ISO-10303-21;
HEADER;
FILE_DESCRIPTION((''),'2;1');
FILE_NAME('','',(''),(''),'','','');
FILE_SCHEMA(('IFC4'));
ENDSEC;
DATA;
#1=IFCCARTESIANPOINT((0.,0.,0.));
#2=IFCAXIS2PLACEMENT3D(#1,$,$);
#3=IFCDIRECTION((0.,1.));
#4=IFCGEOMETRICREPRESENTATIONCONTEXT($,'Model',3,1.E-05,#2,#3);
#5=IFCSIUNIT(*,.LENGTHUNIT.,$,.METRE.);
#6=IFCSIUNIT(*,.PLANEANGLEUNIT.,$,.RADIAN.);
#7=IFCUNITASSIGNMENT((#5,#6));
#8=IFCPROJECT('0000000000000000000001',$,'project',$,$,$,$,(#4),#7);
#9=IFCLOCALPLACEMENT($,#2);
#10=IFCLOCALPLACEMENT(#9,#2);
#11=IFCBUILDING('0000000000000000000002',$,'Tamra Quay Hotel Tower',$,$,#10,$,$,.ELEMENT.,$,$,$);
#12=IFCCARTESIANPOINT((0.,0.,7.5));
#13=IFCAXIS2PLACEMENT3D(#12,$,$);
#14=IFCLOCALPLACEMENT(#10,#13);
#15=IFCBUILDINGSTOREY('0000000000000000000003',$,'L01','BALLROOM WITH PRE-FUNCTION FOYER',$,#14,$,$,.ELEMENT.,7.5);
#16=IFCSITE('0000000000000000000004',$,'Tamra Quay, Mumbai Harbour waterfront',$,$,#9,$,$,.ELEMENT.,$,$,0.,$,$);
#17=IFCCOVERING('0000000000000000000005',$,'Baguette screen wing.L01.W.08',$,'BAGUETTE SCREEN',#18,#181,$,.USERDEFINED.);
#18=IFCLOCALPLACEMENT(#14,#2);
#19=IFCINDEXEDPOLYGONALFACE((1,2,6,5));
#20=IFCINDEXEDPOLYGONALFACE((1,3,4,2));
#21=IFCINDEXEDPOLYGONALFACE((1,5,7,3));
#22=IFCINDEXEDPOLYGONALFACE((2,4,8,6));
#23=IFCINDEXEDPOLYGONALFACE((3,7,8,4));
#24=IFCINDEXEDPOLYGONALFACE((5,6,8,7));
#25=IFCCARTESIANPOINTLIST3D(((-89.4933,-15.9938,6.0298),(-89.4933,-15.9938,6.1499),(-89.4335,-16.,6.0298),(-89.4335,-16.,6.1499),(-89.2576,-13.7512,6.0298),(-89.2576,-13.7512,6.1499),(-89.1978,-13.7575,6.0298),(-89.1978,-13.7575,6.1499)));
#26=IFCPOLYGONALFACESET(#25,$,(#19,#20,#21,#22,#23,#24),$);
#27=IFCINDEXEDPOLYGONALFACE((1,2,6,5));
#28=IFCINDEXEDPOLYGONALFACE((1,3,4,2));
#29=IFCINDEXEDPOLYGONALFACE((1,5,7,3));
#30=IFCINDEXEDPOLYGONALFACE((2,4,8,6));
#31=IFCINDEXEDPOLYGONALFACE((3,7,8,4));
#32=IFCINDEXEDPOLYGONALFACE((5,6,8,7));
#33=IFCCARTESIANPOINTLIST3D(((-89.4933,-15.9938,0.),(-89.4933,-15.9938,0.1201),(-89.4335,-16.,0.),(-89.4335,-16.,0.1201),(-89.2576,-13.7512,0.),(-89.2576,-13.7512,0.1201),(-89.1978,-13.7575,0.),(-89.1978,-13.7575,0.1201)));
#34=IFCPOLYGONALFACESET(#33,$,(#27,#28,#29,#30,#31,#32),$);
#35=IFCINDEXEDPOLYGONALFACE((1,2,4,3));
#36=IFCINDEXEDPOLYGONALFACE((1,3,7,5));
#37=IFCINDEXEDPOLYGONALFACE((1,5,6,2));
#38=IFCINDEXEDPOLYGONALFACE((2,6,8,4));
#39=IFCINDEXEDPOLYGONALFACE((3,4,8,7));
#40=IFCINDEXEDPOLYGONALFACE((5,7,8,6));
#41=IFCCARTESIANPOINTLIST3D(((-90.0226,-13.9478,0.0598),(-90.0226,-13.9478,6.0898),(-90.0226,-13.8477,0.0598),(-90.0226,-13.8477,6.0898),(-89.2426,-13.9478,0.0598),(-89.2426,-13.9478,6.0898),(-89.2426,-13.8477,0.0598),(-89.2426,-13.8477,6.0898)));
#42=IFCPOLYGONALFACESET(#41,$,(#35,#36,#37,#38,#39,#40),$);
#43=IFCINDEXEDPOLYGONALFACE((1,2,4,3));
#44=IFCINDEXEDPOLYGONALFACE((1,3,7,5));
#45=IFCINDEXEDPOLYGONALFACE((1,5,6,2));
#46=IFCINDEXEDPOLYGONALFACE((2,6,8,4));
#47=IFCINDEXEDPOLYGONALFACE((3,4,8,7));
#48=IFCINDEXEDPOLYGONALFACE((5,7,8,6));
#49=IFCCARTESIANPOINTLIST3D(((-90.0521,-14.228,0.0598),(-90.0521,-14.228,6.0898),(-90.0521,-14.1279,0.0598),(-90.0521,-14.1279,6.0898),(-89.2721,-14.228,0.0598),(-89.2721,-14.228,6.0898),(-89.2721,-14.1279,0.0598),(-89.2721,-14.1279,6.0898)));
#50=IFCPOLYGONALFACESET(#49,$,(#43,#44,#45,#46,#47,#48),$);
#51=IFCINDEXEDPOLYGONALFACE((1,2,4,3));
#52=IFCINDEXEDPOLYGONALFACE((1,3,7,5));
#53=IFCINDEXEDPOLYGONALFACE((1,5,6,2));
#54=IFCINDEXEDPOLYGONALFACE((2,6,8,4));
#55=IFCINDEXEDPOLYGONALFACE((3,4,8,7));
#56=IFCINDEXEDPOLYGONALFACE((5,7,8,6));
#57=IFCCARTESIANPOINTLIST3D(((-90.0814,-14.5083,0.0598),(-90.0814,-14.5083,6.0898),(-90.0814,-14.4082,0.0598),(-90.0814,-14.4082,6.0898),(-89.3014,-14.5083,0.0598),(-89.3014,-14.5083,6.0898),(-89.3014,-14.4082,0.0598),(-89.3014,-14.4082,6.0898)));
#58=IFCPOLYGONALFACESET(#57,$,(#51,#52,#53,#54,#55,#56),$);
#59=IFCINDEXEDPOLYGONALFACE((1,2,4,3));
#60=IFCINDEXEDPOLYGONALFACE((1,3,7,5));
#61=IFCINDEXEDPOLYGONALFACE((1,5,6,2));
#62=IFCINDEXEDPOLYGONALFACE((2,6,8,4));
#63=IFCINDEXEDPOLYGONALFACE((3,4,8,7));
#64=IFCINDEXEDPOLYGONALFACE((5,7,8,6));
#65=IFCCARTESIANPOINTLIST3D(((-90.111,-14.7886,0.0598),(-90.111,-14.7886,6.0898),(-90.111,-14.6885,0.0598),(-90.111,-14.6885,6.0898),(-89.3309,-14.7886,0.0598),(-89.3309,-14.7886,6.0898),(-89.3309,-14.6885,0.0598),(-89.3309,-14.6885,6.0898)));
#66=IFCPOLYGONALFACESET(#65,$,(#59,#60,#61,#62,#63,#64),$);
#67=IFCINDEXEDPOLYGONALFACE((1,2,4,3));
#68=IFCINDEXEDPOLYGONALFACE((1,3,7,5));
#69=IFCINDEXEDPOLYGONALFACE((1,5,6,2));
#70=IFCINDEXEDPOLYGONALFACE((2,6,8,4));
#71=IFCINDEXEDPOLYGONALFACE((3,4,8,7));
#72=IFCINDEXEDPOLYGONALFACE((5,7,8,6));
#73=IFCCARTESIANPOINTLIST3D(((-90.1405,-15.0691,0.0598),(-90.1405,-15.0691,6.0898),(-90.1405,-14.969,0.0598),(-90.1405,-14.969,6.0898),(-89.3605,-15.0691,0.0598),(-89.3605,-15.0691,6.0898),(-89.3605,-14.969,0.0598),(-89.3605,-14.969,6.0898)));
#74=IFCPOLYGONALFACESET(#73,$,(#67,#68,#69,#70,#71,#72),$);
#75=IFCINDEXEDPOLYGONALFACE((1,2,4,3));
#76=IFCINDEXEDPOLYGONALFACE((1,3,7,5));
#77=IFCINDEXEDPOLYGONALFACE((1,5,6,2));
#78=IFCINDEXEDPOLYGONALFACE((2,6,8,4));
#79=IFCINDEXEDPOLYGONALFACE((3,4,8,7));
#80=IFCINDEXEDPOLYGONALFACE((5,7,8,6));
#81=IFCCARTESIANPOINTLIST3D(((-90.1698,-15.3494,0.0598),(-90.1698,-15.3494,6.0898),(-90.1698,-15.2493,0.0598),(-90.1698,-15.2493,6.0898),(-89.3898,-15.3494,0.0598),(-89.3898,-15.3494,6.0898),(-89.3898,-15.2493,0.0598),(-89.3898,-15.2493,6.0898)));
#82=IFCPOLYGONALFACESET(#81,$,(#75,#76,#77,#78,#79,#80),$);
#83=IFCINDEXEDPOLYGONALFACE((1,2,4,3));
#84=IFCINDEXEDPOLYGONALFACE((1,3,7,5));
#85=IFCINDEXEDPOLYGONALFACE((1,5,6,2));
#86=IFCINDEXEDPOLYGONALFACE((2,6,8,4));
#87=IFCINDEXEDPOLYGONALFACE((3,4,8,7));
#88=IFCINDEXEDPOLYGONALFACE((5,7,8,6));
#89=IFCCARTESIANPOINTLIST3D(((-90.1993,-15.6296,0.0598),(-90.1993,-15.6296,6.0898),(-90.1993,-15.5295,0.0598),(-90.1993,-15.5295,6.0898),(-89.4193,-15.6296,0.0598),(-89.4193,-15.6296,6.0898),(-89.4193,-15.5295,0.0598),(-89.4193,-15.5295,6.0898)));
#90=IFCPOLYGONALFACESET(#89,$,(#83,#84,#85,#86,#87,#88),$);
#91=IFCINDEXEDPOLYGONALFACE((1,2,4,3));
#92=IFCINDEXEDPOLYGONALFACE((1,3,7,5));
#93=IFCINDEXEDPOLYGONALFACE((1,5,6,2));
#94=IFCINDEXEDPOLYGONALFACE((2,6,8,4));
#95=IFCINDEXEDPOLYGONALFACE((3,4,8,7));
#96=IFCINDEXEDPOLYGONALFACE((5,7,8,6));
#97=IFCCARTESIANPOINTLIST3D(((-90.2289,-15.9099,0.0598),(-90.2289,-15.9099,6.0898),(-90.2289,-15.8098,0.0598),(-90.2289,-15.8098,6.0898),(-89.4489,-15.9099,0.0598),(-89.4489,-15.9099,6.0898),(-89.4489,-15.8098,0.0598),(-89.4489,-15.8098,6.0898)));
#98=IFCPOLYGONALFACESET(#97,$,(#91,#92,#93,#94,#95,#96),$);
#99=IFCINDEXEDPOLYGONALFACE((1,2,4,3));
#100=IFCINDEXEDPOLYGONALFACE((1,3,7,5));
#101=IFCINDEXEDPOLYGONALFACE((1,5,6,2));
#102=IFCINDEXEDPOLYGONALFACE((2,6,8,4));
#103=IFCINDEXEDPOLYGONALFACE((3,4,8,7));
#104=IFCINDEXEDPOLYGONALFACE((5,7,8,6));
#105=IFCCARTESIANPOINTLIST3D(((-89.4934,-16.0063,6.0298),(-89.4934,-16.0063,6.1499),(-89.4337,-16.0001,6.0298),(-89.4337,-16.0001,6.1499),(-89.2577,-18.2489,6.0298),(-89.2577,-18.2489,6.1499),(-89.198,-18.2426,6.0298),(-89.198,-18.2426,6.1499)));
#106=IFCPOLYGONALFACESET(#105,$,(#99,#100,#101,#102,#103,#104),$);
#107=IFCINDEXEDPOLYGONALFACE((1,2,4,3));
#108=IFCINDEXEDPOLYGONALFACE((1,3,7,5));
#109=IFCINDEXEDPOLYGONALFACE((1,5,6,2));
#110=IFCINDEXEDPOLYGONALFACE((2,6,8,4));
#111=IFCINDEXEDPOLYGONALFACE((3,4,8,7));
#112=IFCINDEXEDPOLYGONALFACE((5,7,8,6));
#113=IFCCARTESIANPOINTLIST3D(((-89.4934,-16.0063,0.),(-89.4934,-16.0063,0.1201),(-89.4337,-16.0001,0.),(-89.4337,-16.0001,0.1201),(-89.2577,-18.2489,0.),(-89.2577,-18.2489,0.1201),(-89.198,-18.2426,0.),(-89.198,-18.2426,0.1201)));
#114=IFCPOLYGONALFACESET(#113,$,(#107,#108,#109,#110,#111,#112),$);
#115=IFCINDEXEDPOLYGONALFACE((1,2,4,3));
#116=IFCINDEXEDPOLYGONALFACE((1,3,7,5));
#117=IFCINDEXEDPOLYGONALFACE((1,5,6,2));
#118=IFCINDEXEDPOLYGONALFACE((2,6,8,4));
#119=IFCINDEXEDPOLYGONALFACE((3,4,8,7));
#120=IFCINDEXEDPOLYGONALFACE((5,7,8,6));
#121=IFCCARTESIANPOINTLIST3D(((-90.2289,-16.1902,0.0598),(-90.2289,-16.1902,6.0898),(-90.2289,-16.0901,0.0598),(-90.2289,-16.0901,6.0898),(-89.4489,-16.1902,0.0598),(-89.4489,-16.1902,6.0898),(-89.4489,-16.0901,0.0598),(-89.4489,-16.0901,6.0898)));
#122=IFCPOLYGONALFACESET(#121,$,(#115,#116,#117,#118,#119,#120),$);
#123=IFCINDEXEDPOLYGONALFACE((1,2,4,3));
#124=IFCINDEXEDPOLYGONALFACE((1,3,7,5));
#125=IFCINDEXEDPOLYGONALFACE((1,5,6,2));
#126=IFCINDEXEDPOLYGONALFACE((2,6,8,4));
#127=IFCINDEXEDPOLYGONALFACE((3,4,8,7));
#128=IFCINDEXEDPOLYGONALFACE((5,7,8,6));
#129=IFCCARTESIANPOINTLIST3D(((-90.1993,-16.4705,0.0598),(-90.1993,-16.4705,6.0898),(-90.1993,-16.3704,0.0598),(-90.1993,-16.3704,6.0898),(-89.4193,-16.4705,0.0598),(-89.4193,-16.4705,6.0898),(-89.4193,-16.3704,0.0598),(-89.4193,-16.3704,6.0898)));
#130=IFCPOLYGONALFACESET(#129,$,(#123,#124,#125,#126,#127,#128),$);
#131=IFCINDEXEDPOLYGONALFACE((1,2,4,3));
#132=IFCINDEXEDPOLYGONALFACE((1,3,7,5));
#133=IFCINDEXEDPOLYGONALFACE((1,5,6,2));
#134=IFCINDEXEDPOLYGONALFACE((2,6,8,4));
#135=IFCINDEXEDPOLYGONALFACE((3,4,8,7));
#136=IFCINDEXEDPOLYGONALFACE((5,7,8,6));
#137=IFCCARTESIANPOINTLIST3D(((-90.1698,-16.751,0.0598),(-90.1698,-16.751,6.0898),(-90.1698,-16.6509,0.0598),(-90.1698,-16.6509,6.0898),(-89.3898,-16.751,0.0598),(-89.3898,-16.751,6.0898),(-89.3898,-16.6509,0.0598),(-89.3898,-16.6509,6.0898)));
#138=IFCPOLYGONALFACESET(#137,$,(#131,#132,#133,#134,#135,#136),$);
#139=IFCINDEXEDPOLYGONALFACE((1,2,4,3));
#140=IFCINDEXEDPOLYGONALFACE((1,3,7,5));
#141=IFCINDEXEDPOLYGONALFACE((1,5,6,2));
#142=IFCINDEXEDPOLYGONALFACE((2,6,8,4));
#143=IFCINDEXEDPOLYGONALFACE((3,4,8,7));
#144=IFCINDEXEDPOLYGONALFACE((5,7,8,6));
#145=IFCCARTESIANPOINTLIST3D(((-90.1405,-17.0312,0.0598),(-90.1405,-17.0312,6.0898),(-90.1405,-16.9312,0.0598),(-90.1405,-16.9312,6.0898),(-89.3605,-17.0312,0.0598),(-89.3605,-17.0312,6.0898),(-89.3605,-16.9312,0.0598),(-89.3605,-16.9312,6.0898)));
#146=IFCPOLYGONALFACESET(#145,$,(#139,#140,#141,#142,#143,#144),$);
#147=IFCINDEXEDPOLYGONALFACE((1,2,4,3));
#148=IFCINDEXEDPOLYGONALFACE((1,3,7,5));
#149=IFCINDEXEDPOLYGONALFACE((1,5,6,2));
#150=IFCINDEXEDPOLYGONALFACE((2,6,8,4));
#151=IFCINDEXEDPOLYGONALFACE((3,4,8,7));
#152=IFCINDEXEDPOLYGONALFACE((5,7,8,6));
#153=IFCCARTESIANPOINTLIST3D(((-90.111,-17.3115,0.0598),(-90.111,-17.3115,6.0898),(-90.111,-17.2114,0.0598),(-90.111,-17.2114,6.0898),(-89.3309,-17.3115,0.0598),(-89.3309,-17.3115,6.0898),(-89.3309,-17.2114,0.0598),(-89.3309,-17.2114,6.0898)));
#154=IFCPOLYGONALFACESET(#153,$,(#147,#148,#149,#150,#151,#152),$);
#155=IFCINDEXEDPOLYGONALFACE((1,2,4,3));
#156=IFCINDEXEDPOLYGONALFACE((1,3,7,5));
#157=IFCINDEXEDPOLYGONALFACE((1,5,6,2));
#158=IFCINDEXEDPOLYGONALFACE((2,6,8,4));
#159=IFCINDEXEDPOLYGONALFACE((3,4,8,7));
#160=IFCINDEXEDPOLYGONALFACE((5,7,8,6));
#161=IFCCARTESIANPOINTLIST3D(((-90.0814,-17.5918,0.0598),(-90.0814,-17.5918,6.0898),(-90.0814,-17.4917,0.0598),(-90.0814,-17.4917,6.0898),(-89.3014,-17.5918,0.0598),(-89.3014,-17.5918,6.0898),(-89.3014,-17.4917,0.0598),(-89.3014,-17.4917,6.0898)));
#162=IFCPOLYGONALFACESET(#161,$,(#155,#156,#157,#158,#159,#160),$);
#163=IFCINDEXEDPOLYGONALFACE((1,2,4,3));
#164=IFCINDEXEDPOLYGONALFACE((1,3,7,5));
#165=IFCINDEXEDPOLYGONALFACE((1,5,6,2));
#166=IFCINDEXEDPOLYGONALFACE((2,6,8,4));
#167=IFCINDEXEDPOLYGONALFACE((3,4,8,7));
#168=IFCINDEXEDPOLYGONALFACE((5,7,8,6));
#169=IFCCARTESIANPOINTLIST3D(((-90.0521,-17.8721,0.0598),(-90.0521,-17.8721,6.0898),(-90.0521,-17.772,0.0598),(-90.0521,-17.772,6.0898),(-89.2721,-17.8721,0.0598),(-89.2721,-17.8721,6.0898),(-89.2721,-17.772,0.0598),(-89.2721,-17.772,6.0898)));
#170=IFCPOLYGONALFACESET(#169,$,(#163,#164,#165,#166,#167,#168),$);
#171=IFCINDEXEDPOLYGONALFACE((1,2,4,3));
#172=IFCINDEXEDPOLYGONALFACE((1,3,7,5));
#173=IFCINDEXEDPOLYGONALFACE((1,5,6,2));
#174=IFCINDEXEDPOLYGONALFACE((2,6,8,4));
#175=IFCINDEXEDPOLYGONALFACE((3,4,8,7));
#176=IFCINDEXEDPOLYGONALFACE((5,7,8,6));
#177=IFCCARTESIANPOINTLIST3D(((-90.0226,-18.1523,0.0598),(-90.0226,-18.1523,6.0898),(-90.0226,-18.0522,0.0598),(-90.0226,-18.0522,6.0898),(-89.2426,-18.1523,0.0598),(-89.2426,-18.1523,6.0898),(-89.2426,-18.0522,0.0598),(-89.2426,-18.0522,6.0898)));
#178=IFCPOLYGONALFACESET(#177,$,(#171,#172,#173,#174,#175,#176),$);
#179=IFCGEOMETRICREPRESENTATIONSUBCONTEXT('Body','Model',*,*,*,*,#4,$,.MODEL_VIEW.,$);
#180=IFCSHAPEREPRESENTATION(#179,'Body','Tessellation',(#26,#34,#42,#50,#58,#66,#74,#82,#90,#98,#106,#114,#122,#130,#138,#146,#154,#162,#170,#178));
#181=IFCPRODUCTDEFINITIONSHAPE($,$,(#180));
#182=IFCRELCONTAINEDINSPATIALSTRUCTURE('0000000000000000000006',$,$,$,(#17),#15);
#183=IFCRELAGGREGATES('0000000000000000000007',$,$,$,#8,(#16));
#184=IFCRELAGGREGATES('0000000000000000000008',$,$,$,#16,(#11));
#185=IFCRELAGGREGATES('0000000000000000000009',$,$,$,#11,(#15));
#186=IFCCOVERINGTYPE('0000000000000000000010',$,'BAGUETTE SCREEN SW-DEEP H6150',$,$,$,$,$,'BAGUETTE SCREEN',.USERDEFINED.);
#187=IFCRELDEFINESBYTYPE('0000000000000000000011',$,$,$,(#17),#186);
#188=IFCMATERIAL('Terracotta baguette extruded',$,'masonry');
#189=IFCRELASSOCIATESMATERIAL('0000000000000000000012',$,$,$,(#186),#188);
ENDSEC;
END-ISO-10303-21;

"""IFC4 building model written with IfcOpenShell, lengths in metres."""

from ifc_helpers import new_model, si_unit, direction, frame, frame_2d, origin, place, context, subcontext, project, spatial, rectangle, extrude, source, transform, mapped, material, type_object, element, save


model = new_model("IFC4")

# Units and contexts
model_context = context("Model", 3, precision=1e-05, world=origin(), true_north=direction((0.0, 1.0)))
body_context = subcontext(model_context, "Body", "Model", "MODEL_VIEW")
ifc_project = project(units=[si_unit("LENGTHUNIT", "METRE"), si_unit("PLANEANGLEUNIT", "RADIAN")], contexts=[model_context])

# Site, building, storey
site_placement = place(None, origin())
site = spatial("IfcSite", under=ifc_project, at=site_placement, Name="Tamra Quay, Mumbai Harbour waterfront", CompositionType="ELEMENT", RefElevation=0.0)
building_placement = place(site_placement, origin())
building = spatial("IfcBuilding", under=site, at=building_placement, Name="Tamra Quay Hotel Tower", CompositionType="ELEMENT")
storey_placement = place(building_placement, frame((0.0, 0.0, 7.5)))
storey = spatial("IfcBuildingStorey", under=building, at=storey_placement, Name="L01", Description="BALLROOM WITH PRE-FUNCTION FOYER", CompositionType="ELEMENT", Elevation=7.5)

# Covering
ifc_material_1 = material(Name="Terracotta baguette extruded", Category="masonry")
covering_type_1 = type_object("IfcCoveringType", Name="BAGUETTE SCREEN SW-DEEP H6150", ElementType="BAGUETTE SCREEN", PredefinedType="USERDEFINED", material=ifc_material_1)
shared_shape_1 = source(origin(), body_context, "Body", "SweptSolid", [
    extrude(rectangle(XDim=2.2549, YDim=0.0601, at=frame_2d((1.1274, 0.03))), frame((-2.2488, -0.0576, -0.1201), z_axis=(0.0, 0.0, 1.0), x_axis=(0.994522, -0.104528, 0.0)), (0.0, 0.0, 1.0), 0.1201),
    extrude(rectangle(XDim=2.2549, YDim=0.0601, at=frame_2d((1.1274, 0.03))), frame((-2.2488, -0.0576, -6.1499), z_axis=(0.0, 0.0, 1.0), x_axis=(0.994522, -0.104528, 0.0)), (0.0, 0.0, 1.0), 0.1201),
    extrude(rectangle(XDim=0.1001, YDim=0.78, at=frame_2d((0.05, 0.3901))), frame((-2.1523, -0.8228, -6.0901)), (0.0, 0.0, 1.0), 6.03),
    extrude(rectangle(XDim=0.1001, YDim=0.78, at=frame_2d((0.05, 0.3901))), frame((-1.8721, -0.8523, -6.0901)), (0.0, 0.0, 1.0), 6.03),
    extrude(rectangle(XDim=0.1001, YDim=0.78, at=frame_2d((0.05, 0.3901))), frame((-1.5918, -0.8816, -6.0901)), (0.0, 0.0, 1.0), 6.03),
    extrude(rectangle(XDim=0.1001, YDim=0.78, at=frame_2d((0.05, 0.3901))), frame((-1.3115, -0.9111, -6.0901)), (0.0, 0.0, 1.0), 6.03),
    extrude(rectangle(XDim=0.1001, YDim=0.78, at=frame_2d((0.05, 0.3901))), frame((-1.031, -0.9407, -6.0901)), (0.0, 0.0, 1.0), 6.03),
    extrude(rectangle(XDim=0.1001, YDim=0.78, at=frame_2d((0.05, 0.3901))), frame((-0.7507, -0.97, -6.0901)), (0.0, 0.0, 1.0), 6.03),
    extrude(rectangle(XDim=0.1001, YDim=0.78, at=frame_2d((0.05, 0.3901))), frame((-0.4705, -0.9995, -6.0901)), (0.0, 0.0, 1.0), 6.03),
    extrude(rectangle(XDim=0.1001, YDim=0.78, at=frame_2d((0.05, 0.3901))), frame((-0.1902, -1.0291, -6.0901)), (0.0, 0.0, 1.0), 6.03),
    extrude(rectangle(XDim=2.2549, YDim=0.0601, at=frame_2d((1.1274, 0.03))), frame((0.0063, -0.2935, -0.1201), z_axis=(0.0, 0.0, 1.0), x_axis=(0.994522, 0.104528, 0.0)), (0.0, 0.0, 1.0), 0.1201),
    extrude(rectangle(XDim=2.2549, YDim=0.0601, at=frame_2d((1.1274, 0.03))), frame((0.0063, -0.2935, -6.1499), z_axis=(0.0, 0.0, 1.0), x_axis=(0.994522, 0.104528, 0.0)), (0.0, 0.0, 1.0), 0.1201),
    extrude(rectangle(XDim=0.1001, YDim=0.78, at=frame_2d((0.05, 0.3901))), frame((0.0901, -1.0291, -6.0901)), (0.0, 0.0, 1.0), 6.03),
    extrude(rectangle(XDim=0.1001, YDim=0.78, at=frame_2d((0.05, 0.3901))), frame((0.3704, -0.9995, -6.0901)), (0.0, 0.0, 1.0), 6.03),
    extrude(rectangle(XDim=0.1001, YDim=0.78, at=frame_2d((0.05, 0.3901))), frame((0.6509, -0.97, -6.0901)), (0.0, 0.0, 1.0), 6.03),
    extrude(rectangle(XDim=0.1001, YDim=0.78, at=frame_2d((0.05, 0.3901))), frame((0.9312, -0.9407, -6.0901)), (0.0, 0.0, 1.0), 6.03),
    extrude(rectangle(XDim=0.1001, YDim=0.78, at=frame_2d((0.05, 0.3901))), frame((1.2114, -0.9111, -6.0901)), (0.0, 0.0, 1.0), 6.03),
    extrude(rectangle(XDim=0.1001, YDim=0.78, at=frame_2d((0.05, 0.3901))), frame((1.4917, -0.8816, -6.0901)), (0.0, 0.0, 1.0), 6.03),
    extrude(rectangle(XDim=0.1001, YDim=0.78, at=frame_2d((0.05, 0.3901))), frame((1.772, -0.8523, -6.0901)), (0.0, 0.0, 1.0), 6.03),
    extrude(rectangle(XDim=0.1001, YDim=0.78, at=frame_2d((0.05, 0.3901))), frame((2.0522, -0.8228, -6.0901)), (0.0, 0.0, 1.0), 6.03),
])
covering_1_placement = place(storey_placement, frame((-89.2, -16.0, 6.1499), z_axis=(0.0, 0.0, 1.0), x_axis=(0.0, -1.0, 0.0)))
element("IfcCovering", 1, at=covering_1_placement, inside=storey, type_object=covering_type_1, Name="Baguette screen wing.L01.W.08", ObjectType="BAGUETTE SCREEN", PredefinedType="USERDEFINED", context=body_context, shape_type="MappedRepresentation", body=[
    mapped(shared_shape_1, transform((0.0, 0.0, 0.0), scale=1.0)),
])

save(model, "model.ifc")
